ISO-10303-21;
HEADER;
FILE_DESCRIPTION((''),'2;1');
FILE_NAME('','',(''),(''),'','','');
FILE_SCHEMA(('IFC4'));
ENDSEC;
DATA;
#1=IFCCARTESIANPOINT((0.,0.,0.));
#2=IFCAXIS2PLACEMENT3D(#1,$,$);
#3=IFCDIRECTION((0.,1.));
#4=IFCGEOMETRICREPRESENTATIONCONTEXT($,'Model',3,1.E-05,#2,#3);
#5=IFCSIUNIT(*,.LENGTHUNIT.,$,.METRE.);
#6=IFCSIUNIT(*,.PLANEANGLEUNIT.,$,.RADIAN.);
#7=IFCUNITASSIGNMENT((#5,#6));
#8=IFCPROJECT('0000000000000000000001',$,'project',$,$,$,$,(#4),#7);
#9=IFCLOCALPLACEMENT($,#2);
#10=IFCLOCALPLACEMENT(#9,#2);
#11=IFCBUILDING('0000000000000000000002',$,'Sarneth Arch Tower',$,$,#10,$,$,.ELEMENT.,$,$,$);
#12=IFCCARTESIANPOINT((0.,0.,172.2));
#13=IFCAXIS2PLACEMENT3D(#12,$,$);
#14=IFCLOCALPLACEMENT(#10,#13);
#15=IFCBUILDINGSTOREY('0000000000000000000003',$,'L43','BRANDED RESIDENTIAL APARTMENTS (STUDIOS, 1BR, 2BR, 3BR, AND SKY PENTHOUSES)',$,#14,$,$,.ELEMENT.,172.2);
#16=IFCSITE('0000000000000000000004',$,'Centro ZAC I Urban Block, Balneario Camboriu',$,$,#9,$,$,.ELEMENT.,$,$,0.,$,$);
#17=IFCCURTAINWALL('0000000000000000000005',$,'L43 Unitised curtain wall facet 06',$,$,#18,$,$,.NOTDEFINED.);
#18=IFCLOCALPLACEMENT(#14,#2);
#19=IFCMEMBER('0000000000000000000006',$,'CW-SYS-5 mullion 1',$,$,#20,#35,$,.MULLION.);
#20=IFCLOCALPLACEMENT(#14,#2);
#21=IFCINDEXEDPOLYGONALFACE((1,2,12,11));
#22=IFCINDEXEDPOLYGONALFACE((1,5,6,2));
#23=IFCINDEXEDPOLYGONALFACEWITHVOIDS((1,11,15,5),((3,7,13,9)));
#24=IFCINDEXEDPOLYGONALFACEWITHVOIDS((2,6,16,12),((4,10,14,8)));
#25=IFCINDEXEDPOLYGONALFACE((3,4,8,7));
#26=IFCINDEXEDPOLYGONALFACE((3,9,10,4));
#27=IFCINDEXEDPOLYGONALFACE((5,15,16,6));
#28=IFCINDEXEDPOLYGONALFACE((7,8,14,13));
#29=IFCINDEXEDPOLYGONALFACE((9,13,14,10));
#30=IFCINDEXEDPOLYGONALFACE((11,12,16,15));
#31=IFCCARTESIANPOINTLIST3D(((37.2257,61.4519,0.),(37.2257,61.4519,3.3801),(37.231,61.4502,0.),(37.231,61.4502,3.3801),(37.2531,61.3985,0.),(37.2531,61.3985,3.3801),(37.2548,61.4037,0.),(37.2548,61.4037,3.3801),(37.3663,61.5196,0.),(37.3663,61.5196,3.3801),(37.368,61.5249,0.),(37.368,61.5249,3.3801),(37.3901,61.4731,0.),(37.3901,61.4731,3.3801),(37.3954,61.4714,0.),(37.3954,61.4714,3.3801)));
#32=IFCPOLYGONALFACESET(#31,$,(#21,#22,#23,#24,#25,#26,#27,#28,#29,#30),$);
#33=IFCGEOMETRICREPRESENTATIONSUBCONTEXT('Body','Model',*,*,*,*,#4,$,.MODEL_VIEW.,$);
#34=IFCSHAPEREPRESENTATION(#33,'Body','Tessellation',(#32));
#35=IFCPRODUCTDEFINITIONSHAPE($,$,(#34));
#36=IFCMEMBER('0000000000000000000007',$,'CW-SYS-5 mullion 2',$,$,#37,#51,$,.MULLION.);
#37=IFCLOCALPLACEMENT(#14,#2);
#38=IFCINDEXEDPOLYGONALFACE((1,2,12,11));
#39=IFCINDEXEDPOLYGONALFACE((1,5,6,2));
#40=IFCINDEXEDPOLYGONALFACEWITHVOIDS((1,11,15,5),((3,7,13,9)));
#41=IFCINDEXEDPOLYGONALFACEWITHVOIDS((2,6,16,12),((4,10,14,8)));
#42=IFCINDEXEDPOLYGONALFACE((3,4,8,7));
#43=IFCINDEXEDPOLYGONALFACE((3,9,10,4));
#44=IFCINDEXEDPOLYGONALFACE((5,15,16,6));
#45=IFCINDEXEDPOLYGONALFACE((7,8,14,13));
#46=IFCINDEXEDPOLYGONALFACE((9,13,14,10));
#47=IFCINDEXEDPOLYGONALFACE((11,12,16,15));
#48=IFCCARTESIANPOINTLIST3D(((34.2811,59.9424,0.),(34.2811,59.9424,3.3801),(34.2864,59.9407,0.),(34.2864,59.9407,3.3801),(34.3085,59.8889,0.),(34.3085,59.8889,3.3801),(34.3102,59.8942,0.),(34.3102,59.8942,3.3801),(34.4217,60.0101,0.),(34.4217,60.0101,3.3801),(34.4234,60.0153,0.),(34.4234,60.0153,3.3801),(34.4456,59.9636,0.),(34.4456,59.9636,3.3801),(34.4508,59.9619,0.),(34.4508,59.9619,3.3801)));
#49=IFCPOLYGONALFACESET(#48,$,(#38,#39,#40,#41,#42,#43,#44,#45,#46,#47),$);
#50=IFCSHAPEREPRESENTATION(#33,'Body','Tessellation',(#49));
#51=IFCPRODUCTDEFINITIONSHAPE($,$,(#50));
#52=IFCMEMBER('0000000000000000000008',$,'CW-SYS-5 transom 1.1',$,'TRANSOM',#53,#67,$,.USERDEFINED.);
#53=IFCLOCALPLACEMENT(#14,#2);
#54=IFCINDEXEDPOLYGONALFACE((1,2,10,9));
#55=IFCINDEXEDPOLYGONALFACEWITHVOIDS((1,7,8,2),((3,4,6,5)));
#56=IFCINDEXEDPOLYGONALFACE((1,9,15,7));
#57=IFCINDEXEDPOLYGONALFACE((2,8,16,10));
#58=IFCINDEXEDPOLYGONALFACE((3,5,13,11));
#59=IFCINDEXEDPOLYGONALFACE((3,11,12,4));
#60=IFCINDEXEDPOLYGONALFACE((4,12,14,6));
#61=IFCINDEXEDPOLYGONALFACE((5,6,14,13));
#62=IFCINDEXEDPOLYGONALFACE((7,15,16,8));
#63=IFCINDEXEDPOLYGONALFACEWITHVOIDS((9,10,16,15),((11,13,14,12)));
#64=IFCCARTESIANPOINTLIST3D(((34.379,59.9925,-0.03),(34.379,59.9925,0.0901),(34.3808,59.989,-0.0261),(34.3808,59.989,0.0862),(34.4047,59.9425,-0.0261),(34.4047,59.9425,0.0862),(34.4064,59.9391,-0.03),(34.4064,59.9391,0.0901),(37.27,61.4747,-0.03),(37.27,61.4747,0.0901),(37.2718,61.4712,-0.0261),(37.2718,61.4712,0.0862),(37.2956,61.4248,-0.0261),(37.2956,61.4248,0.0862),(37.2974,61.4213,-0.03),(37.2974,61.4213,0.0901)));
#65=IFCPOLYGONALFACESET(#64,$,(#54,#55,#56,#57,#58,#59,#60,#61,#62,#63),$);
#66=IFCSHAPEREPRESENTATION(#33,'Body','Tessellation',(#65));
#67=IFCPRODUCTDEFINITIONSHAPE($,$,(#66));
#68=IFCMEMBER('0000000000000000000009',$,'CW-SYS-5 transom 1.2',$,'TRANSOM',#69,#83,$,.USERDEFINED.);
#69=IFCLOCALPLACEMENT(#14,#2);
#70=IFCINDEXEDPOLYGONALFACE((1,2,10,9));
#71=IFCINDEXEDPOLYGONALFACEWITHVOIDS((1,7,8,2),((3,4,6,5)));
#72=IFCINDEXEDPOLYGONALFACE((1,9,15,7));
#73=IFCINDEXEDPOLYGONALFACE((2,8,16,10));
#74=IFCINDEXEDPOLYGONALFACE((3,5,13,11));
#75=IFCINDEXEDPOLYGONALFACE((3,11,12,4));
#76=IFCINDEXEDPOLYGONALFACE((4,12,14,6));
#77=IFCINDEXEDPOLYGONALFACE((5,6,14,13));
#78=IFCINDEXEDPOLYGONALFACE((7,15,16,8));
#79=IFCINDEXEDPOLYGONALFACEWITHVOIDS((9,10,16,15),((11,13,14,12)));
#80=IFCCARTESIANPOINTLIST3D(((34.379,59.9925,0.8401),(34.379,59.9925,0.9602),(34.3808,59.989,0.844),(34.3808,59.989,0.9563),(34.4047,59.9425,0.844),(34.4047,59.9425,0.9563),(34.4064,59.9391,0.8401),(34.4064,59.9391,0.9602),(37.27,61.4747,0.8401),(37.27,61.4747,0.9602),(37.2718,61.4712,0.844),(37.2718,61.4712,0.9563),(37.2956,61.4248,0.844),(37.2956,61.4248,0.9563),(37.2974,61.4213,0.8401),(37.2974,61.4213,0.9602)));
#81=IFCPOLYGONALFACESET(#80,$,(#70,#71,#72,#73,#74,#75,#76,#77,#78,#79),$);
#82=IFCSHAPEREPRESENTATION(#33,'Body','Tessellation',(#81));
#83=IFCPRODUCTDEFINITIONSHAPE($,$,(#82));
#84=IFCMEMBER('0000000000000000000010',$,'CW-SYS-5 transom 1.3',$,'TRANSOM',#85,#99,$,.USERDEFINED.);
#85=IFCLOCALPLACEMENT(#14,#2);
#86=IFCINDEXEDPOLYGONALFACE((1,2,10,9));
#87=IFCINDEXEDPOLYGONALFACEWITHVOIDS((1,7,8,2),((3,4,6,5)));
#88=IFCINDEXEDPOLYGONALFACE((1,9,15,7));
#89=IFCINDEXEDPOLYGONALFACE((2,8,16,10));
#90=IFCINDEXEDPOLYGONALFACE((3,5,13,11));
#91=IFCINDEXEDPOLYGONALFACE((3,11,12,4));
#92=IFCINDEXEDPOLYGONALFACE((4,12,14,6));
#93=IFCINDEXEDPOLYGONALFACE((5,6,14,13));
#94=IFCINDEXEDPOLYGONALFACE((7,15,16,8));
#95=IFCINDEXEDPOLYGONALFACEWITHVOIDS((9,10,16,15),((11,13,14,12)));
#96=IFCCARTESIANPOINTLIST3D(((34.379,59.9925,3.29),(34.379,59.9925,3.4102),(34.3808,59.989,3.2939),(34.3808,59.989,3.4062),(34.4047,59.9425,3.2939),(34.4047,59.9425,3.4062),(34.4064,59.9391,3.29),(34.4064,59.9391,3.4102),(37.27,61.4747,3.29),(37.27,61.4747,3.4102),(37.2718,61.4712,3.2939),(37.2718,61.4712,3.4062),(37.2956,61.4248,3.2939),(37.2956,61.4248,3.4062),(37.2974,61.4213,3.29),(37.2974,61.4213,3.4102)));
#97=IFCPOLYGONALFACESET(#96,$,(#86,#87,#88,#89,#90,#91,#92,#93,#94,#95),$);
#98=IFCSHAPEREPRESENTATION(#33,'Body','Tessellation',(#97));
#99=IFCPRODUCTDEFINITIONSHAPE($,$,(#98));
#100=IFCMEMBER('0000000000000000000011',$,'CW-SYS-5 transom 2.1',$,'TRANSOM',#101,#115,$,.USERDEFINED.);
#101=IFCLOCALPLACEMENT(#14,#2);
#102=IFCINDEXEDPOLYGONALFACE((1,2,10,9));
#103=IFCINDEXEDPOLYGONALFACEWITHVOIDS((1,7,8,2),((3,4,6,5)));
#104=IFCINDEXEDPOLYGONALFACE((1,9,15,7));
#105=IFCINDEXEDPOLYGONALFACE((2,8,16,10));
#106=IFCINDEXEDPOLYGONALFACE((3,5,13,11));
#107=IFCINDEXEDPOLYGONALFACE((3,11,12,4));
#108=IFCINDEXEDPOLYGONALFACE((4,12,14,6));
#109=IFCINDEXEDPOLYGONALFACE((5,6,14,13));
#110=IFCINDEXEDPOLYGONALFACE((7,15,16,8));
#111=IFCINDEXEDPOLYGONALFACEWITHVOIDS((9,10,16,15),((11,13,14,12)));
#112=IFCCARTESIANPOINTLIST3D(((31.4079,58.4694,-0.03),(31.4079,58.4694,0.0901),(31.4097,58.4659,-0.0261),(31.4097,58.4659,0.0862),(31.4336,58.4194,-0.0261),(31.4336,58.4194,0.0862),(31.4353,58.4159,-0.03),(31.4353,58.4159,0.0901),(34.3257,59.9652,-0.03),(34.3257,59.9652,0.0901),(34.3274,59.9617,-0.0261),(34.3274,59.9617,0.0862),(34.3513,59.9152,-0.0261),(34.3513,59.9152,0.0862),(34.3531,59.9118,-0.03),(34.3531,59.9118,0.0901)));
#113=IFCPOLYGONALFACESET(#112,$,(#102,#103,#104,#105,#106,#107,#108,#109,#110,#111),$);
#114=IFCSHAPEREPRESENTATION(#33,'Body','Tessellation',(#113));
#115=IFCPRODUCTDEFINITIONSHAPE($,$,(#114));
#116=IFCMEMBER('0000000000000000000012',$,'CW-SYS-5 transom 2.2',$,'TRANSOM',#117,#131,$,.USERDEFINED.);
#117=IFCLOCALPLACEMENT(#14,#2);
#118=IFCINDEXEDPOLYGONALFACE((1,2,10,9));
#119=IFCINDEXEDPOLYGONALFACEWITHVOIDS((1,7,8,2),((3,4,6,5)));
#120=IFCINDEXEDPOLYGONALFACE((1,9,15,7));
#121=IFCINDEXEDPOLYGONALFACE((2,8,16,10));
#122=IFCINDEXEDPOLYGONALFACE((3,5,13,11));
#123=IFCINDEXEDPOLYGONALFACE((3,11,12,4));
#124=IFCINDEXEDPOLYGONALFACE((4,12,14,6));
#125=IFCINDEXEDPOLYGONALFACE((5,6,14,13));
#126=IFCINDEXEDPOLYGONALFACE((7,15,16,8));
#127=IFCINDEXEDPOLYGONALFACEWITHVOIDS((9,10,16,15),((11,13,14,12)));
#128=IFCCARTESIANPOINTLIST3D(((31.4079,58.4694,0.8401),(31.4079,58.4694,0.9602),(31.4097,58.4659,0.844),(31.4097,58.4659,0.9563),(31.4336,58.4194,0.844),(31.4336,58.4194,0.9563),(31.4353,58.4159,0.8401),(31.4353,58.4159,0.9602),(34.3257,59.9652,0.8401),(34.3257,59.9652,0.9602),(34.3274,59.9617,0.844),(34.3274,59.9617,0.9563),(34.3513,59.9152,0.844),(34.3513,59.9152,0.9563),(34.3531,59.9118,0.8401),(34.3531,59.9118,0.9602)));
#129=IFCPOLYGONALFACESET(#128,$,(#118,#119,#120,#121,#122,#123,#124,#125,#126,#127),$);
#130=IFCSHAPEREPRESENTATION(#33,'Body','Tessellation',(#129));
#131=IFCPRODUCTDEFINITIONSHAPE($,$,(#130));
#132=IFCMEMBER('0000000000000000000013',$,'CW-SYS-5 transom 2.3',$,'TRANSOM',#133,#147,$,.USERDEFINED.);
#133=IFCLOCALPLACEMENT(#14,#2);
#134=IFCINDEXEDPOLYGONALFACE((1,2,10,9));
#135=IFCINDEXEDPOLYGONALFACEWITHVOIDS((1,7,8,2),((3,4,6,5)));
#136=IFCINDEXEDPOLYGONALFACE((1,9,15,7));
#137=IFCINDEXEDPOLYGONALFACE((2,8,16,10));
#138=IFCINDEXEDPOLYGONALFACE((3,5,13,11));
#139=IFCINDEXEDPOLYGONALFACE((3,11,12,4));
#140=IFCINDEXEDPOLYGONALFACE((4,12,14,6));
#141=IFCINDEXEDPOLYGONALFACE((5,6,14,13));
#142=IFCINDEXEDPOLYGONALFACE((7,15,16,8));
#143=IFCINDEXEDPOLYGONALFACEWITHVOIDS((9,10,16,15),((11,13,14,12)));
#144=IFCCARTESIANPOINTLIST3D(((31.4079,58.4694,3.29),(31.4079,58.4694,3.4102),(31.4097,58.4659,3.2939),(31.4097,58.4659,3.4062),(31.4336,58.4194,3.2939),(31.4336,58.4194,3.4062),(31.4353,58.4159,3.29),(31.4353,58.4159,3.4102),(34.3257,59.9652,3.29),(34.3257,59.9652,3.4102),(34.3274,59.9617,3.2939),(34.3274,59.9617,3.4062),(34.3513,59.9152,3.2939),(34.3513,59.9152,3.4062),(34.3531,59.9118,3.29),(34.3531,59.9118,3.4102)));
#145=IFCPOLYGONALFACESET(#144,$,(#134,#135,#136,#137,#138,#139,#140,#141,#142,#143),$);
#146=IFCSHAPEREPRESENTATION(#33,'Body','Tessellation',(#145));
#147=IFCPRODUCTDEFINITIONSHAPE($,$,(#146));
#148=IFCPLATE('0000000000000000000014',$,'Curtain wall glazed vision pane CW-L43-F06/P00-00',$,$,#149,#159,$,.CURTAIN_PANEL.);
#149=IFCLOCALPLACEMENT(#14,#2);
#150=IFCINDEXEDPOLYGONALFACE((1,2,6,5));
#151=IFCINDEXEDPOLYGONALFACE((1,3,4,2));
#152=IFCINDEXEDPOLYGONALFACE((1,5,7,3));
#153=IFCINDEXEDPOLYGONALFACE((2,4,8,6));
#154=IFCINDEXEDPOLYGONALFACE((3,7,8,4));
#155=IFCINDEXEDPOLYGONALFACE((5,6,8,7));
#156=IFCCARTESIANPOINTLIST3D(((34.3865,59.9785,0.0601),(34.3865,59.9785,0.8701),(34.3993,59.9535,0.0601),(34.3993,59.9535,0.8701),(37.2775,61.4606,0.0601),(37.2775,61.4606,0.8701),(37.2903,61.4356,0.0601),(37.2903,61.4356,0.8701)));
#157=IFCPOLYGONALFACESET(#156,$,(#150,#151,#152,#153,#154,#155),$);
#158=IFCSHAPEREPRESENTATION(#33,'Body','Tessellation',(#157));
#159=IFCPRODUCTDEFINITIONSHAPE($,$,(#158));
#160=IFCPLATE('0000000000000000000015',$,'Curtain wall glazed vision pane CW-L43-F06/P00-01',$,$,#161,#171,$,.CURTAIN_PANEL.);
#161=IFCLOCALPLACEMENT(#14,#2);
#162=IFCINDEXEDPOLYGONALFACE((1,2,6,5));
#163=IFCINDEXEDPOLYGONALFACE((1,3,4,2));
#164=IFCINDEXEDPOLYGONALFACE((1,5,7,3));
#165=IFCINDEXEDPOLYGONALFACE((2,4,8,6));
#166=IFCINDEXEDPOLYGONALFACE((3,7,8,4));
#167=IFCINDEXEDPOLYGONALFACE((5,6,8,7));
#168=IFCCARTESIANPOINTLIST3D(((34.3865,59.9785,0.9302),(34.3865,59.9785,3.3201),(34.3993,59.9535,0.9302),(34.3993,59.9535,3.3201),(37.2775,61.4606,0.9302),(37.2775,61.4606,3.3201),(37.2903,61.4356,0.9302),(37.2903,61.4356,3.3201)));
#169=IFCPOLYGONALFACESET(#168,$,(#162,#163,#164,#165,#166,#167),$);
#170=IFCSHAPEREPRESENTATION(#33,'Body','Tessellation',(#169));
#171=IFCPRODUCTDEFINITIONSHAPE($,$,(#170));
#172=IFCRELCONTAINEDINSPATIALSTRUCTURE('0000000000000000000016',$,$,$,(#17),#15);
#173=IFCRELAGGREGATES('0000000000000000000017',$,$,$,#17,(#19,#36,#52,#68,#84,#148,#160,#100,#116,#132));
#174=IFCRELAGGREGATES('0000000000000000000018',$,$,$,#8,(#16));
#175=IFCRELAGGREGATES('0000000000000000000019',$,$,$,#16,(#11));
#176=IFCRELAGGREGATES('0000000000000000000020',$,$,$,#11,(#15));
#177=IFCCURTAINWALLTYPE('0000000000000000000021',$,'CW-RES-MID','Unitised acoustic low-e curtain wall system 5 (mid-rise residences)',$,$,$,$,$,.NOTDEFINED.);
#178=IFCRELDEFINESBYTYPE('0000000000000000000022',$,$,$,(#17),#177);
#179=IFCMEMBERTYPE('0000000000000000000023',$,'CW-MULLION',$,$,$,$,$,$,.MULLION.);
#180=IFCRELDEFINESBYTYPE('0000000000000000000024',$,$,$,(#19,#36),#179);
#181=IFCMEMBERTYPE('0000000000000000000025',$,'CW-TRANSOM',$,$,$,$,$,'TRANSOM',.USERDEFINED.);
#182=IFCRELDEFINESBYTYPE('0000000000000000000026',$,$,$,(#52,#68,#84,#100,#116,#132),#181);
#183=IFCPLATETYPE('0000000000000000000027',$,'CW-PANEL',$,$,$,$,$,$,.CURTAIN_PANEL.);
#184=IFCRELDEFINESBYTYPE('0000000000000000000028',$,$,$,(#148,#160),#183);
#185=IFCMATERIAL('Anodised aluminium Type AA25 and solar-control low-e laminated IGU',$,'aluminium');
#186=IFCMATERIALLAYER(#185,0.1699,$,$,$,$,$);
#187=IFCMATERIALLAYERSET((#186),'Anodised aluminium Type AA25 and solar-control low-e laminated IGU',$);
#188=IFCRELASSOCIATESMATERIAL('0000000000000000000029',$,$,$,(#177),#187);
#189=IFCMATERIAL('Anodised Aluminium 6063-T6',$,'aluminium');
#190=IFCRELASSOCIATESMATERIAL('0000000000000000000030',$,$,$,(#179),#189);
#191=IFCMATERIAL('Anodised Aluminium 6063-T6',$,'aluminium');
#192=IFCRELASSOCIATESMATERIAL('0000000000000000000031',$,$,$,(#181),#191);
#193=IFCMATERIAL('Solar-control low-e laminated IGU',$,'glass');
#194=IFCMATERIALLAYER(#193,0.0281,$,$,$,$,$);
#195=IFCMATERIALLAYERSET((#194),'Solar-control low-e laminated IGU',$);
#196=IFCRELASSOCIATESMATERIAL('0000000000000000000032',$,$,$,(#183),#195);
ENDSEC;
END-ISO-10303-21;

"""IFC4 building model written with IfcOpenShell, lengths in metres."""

from ifc_helpers import new_model, si_unit, direction, frame, origin, origin_2d, place, context, subcontext, project, spatial, rectangle, hollow_rectangle, extrude, material, layer, layer_set, material_profile, profile_set, type_object, element, aggregate, save


model = new_model("IFC4")

# Units and contexts
model_context = context("Model", 3, precision=1e-05, world=origin(), true_north=direction((0.0, 1.0)))
body_context = subcontext(model_context, "Body", "Model", "MODEL_VIEW")
ifc_project = project(units=[si_unit("LENGTHUNIT", "METRE"), si_unit("PLANEANGLEUNIT", "RADIAN")], contexts=[model_context])

# Site, building, storey
site_placement = place(None, origin())
site = spatial("IfcSite", under=ifc_project, at=site_placement, Name="Centro ZAC I Urban Block, Balneario Camboriu", CompositionType="ELEMENT", RefElevation=0.0)
building_placement = place(site_placement, origin())
building = spatial("IfcBuilding", under=site, at=building_placement, Name="Sarneth Arch Tower", CompositionType="ELEMENT")
storey_placement = place(building_placement, frame((0.0, 0.0, 172.2)))
storey = spatial("IfcBuildingStorey", under=building, at=storey_placement, Name="L43", Description="BRANDED RESIDENTIAL APARTMENTS (STUDIOS, 1BR, 2BR, 3BR, AND SKY PENTHOUSES)", CompositionType="ELEMENT", Elevation=172.2)

# Curtain wall, members, plates
ifc_material_1 = material(Name="Anodised aluminium Type AA25 and solar-control low-e laminated IGU", Category="aluminium")
ifc_layer_1 = layer(ifc_material_1, 0.1699)
ifc_layer_set_1 = layer_set([ifc_layer_1], Name="Anodised aluminium Type AA25 and solar-control low-e laminated IGU")
curtain_wall_type = type_object("IfcCurtainWallType", Name="CW-RES-MID", Description="Unitised acoustic low-e curtain wall system 5 (mid-rise residences)", PredefinedType="NOTDEFINED", material=ifc_layer_set_1)
curtain_wall_placement = place(storey_placement, origin())
curtain_wall = element("IfcCurtainWall", 1, at=curtain_wall_placement, inside=storey, type_object=curtain_wall_type, Name="L43 Unitised curtain wall facet 06", PredefinedType="NOTDEFINED")
ifc_material_2 = material(Name="Anodised Aluminium 6063-T6", Category="aluminium")
ifc_material_profile_1 = material_profile(ifc_material_2, hollow_rectangle(XDim=0.0601, YDim=0.1599, WallThickness=0.0039, at=origin_2d()), Name="AL-MULL-160x60x4")
ifc_profile_set_1 = profile_set([ifc_material_profile_1], Name="Anodised Aluminium 6063-T6")
member_type_1 = type_object("IfcMemberType", Name="CW-MULLION", PredefinedType="MULLION", material=ifc_profile_set_1)
member_1_placement = place(storey_placement, frame((37.3105, 61.4617, 0.0), z_axis=(0.0, 0.0, 1.0), x_axis=(0.456208, -0.889873, 0.0)))
member_1 = element("IfcMember", 2, at=member_1_placement, type_object=member_type_1, Name="CW-SYS-5 mullion 1", PredefinedType="MULLION", context=body_context, shape_type="SweptSolid", body=[
    extrude(hollow_rectangle(XDim=0.0601, YDim=0.1599, WallThickness=0.0039, at=origin_2d()), origin(), (0.0, 0.0, 1.0), 3.3801),
])
member_2_placement = place(storey_placement, frame((34.366, 59.9521, 0.0), z_axis=(0.0, 0.0, 1.0), x_axis=(0.456208, -0.889873, 0.0)))
member_2 = element("IfcMember", 3, at=member_2_placement, type_object=member_type_1, Name="CW-SYS-5 mullion 2", PredefinedType="MULLION", context=body_context, shape_type="SweptSolid", body=[
    extrude(hollow_rectangle(XDim=0.0601, YDim=0.1599, WallThickness=0.0039, at=origin_2d()), origin(), (0.0, 0.0, 1.0), 3.3801),
])
ifc_material_3 = material(Name="Anodised Aluminium 6063-T6", Category="aluminium")
ifc_material_profile_2 = material_profile(ifc_material_3, hollow_rectangle(XDim=0.0601, YDim=0.1201, WallThickness=0.0039, at=origin_2d()), Name="AL-TRAN-120x60x4")
ifc_profile_set_2 = profile_set([ifc_material_profile_2], Name="Anodised Aluminium 6063-T6")
member_type_2 = type_object("IfcMemberType", Name="CW-TRANSOM", ElementType="TRANSOM", PredefinedType="USERDEFINED", material=ifc_profile_set_2)
member_3_placement = place(storey_placement, frame((37.2837, 61.448, 0.03), z_axis=(-0.889857, -0.456239, 0.0), x_axis=(0.456239, -0.889857, 0.0)))
member_3 = element("IfcMember", 4, at=member_3_placement, type_object=member_type_2, Name="CW-SYS-5 transom 1.1", ObjectType="TRANSOM", PredefinedType="USERDEFINED", context=body_context, shape_type="SweptSolid", body=[
    extrude(hollow_rectangle(XDim=0.0601, YDim=0.1201, WallThickness=0.0039, at=origin_2d()), origin(), (0.0, 0.0, 1.0), 3.2488),
])
member_4_placement = place(storey_placement, frame((37.2837, 61.448, 0.9001), z_axis=(-0.889857, -0.456239, 0.0), x_axis=(0.456239, -0.889857, 0.0)))
member_4 = element("IfcMember", 5, at=member_4_placement, type_object=member_type_2, Name="CW-SYS-5 transom 1.2", ObjectType="TRANSOM", PredefinedType="USERDEFINED", context=body_context, shape_type="SweptSolid", body=[
    extrude(hollow_rectangle(XDim=0.0601, YDim=0.1201, WallThickness=0.0039, at=origin_2d()), origin(), (0.0, 0.0, 1.0), 3.2488),
])
member_5_placement = place(storey_placement, frame((37.2837, 61.448, 3.3501), z_axis=(-0.889857, -0.456239, 0.0), x_axis=(0.456239, -0.889857, 0.0)))
member_5 = element("IfcMember", 6, at=member_5_placement, type_object=member_type_2, Name="CW-SYS-5 transom 1.3", ObjectType="TRANSOM", PredefinedType="USERDEFINED", context=body_context, shape_type="SweptSolid", body=[
    extrude(hollow_rectangle(XDim=0.0601, YDim=0.1201, WallThickness=0.0039, at=origin_2d()), origin(), (0.0, 0.0, 1.0), 3.2488),
])
member_6_placement = place(storey_placement, frame((34.3394, 59.9385, 0.03), z_axis=(-0.889869, -0.456215, 0.0), x_axis=(0.456215, -0.889869, 0.0)))
member_6 = element("IfcMember", 7, at=member_6_placement, type_object=member_type_2, Name="CW-SYS-5 transom 2.1", ObjectType="TRANSOM", PredefinedType="USERDEFINED", context=body_context, shape_type="SweptSolid", body=[
    extrude(hollow_rectangle(XDim=0.0601, YDim=0.1201, WallThickness=0.0039, at=origin_2d()), origin(), (0.0, 0.0, 1.0), 3.2788),
])
member_7_placement = place(storey_placement, frame((34.3394, 59.9385, 0.9001), z_axis=(-0.889869, -0.456215, 0.0), x_axis=(0.456215, -0.889869, 0.0)))
member_7 = element("IfcMember", 8, at=member_7_placement, type_object=member_type_2, Name="CW-SYS-5 transom 2.2", ObjectType="TRANSOM", PredefinedType="USERDEFINED", context=body_context, shape_type="SweptSolid", body=[
    extrude(hollow_rectangle(XDim=0.0601, YDim=0.1201, WallThickness=0.0039, at=origin_2d()), origin(), (0.0, 0.0, 1.0), 3.2788),
])
member_8_placement = place(storey_placement, frame((34.3394, 59.9385, 3.3501), z_axis=(-0.889869, -0.456215, 0.0), x_axis=(0.456215, -0.889869, 0.0)))
member_8 = element("IfcMember", 9, at=member_8_placement, type_object=member_type_2, Name="CW-SYS-5 transom 2.3", ObjectType="TRANSOM", PredefinedType="USERDEFINED", context=body_context, shape_type="SweptSolid", body=[
    extrude(hollow_rectangle(XDim=0.0601, YDim=0.1201, WallThickness=0.0039, at=origin_2d()), origin(), (0.0, 0.0, 1.0), 3.2788),
])
ifc_material_4 = material(Name="Solar-control low-e laminated IGU", Category="glass")
ifc_layer_2 = layer(ifc_material_4, 0.0281)
ifc_layer_set_2 = layer_set([ifc_layer_2], Name="Solar-control low-e laminated IGU")
plate_type = type_object("IfcPlateType", Name="CW-PANEL", PredefinedType="CURTAIN_PANEL", material=ifc_layer_set_2)
plate_1_placement = place(storey_placement, frame((35.8384, 60.707, 0.0601), z_axis=(0.0, 0.0, 1.0), x_axis=(-0.889873, -0.456208, 0.0)))
plate_1 = element("IfcPlate", 10, at=plate_1_placement, type_object=plate_type, Name="Curtain wall glazed vision pane CW-L43-F06/P00-00", PredefinedType="CURTAIN_PANEL", context=body_context, shape_type="SweptSolid", body=[
    extrude(rectangle(XDim=3.2488, YDim=0.0281, at=origin_2d()), origin(), (0.0, 0.0, 1.0), 0.8101),
])
plate_2_placement = place(storey_placement, frame((35.8384, 60.707, 0.9302), z_axis=(0.0, 0.0, 1.0), x_axis=(-0.889873, -0.456208, 0.0)))
plate_2 = element("IfcPlate", 11, at=plate_2_placement, type_object=plate_type, Name="Curtain wall glazed vision pane CW-L43-F06/P00-01", PredefinedType="CURTAIN_PANEL", context=body_context, shape_type="SweptSolid", body=[
    extrude(rectangle(XDim=3.2488, YDim=0.0281, at=origin_2d()), origin(), (0.0, 0.0, 1.0), 2.3899),
])
aggregate(curtain_wall, [member_1, member_2, member_3, member_4, member_5, plate_1, plate_2, member_6, member_7, member_8])

save(model, "model.ifc")
